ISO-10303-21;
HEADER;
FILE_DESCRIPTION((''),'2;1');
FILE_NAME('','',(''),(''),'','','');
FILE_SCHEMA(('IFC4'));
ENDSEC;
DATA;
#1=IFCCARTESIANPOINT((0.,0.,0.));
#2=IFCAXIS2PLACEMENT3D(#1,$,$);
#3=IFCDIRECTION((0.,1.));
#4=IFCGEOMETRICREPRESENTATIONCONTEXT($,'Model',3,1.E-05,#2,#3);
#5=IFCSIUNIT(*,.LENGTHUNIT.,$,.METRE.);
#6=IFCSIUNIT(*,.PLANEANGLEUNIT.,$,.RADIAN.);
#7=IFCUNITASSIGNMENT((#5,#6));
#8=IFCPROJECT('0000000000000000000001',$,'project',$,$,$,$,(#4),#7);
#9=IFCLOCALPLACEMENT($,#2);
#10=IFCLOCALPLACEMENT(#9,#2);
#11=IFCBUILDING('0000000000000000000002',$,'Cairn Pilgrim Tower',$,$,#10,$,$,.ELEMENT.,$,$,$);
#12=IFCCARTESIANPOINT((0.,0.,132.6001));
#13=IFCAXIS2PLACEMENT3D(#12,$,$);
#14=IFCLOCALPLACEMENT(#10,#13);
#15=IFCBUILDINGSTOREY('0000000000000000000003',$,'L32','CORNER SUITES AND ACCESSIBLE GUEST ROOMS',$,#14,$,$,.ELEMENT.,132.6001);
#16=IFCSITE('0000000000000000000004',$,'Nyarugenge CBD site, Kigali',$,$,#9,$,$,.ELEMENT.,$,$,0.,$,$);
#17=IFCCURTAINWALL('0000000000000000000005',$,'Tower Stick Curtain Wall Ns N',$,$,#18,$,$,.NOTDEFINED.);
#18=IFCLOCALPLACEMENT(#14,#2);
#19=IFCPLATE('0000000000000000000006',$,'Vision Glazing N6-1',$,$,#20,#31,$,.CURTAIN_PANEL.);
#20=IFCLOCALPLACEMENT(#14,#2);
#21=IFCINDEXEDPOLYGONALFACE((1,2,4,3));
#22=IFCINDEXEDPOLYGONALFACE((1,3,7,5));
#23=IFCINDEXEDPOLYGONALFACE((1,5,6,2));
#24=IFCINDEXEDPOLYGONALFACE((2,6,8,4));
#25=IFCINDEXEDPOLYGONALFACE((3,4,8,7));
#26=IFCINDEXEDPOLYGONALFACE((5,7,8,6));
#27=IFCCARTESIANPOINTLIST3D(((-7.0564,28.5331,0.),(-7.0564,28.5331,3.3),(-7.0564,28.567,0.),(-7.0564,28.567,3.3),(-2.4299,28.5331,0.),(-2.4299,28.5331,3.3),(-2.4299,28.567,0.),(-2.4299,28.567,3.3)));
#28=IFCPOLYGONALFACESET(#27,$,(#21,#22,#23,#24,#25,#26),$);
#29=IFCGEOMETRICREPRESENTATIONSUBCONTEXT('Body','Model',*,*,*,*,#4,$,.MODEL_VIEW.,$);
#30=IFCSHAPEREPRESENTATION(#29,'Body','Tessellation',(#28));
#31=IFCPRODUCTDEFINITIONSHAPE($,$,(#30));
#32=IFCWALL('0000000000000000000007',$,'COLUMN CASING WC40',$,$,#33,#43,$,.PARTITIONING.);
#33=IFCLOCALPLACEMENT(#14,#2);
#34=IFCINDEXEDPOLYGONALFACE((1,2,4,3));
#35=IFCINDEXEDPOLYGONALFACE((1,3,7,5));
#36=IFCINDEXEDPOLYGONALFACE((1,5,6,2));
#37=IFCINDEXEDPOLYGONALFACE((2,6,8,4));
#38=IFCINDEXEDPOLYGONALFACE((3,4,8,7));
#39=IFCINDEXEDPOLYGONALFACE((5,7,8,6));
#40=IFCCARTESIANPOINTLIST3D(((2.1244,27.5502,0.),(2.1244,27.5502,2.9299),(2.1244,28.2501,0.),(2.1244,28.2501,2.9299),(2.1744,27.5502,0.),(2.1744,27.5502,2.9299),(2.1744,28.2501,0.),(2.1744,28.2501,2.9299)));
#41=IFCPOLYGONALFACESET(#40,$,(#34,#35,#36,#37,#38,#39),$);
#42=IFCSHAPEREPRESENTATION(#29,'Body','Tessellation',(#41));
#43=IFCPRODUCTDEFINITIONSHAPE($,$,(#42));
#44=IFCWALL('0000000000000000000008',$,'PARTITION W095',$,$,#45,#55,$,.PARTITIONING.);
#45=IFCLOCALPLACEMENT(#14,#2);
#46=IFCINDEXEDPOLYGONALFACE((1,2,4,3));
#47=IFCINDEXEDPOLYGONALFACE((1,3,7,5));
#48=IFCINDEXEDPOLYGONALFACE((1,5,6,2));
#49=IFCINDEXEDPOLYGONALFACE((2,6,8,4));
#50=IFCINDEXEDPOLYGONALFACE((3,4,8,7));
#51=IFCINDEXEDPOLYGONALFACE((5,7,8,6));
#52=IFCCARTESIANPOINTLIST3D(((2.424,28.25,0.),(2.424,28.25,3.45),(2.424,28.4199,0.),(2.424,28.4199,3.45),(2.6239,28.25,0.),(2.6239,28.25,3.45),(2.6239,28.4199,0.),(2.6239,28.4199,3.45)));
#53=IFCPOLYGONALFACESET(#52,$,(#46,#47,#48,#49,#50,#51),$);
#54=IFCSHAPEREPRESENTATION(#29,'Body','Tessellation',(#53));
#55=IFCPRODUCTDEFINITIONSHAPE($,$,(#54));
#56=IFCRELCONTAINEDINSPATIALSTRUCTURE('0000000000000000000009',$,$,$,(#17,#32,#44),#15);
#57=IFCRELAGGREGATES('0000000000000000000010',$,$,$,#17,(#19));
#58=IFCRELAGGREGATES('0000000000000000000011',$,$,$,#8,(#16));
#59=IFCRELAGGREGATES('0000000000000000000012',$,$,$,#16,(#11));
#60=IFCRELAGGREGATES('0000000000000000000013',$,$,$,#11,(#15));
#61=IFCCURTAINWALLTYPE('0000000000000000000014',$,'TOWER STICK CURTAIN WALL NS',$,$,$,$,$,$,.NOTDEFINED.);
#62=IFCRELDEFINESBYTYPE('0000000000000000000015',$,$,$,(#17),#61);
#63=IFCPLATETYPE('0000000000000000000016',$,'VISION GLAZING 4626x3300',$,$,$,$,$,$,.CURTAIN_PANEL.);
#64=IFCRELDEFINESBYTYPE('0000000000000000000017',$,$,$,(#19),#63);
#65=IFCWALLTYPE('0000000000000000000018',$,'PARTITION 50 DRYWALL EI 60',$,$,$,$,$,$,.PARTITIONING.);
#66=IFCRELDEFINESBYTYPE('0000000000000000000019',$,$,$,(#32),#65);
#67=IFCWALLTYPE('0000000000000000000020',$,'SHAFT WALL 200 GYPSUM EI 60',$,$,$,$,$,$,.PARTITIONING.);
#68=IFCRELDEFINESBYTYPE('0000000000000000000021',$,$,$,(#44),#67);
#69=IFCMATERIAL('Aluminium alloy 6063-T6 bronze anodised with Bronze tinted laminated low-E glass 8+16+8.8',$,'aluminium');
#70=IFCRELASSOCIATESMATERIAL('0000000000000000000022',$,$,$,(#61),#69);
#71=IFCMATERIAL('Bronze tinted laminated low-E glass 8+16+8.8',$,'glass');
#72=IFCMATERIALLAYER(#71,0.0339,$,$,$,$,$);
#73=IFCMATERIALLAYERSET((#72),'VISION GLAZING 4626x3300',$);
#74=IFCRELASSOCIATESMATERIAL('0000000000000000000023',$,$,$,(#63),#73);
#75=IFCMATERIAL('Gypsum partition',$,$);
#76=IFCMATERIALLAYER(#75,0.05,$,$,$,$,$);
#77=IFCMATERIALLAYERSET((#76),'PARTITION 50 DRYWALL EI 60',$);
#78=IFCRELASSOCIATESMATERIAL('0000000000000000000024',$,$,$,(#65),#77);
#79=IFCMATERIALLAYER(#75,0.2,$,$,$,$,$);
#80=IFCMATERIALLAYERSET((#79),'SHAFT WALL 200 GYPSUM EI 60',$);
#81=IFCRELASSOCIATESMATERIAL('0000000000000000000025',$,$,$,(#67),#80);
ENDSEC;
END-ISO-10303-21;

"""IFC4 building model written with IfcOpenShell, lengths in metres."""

from ifc_helpers import new_model, si_unit, direction, frame, frame_2d, origin, origin_2d, place, context, subcontext, project, spatial, rectangle, extrude, material, layer, layer_set, type_object, element, aggregate, save


model = new_model("IFC4")

# Units and contexts
model_context = context("Model", 3, precision=1e-05, world=origin(), true_north=direction((0.0, 1.0)))
body_context = subcontext(model_context, "Body", "Model", "MODEL_VIEW")
ifc_project = project(units=[si_unit("LENGTHUNIT", "METRE"), si_unit("PLANEANGLEUNIT", "RADIAN")], contexts=[model_context])

# Site, building, storey
site_placement = place(None, origin())
site = spatial("IfcSite", under=ifc_project, at=site_placement, Name="Nyarugenge CBD site, Kigali", CompositionType="ELEMENT", RefElevation=0.0)
building_placement = place(site_placement, origin())
building = spatial("IfcBuilding", under=site, at=building_placement, Name="Cairn Pilgrim Tower", CompositionType="ELEMENT")
storey_placement = place(building_placement, frame((0.0, 0.0, 132.6001)))
storey = spatial("IfcBuildingStorey", under=building, at=storey_placement, Name="L32", Description="CORNER SUITES AND ACCESSIBLE GUEST ROOMS", CompositionType="ELEMENT", Elevation=132.6001)

# Curtain wall
ifc_material_1 = material(Name="Aluminium alloy 6063-T6 bronze anodised with Bronze tinted laminated low-E glass 8+16+8.8", Category="aluminium")
curtain_wall_type_1 = type_object("IfcCurtainWallType", Name="TOWER STICK CURTAIN WALL NS", PredefinedType="NOTDEFINED", material=ifc_material_1)
curtain_wall_1_placement = place(storey_placement, origin())
curtain_wall_1 = element("IfcCurtainWall", 1, at=curtain_wall_1_placement, inside=storey, type_object=curtain_wall_type_1, Name="Tower Stick Curtain Wall Ns N", PredefinedType="NOTDEFINED")

# Plate
ifc_material_2 = material(Name="Bronze tinted laminated low-E glass 8+16+8.8", Category="glass")
ifc_layer_1 = layer(ifc_material_2, 0.0339)
ifc_layer_set_1 = layer_set([ifc_layer_1], Name="VISION GLAZING 4626x3300")
plate_type = type_object("IfcPlateType", Name="VISION GLAZING 4626x3300", PredefinedType="CURTAIN_PANEL", material=ifc_layer_set_1)
plate_placement = place(storey_placement, frame((-4.7432, 28.55, 0.0), z_axis=(0.0, 0.0, 1.0), x_axis=(-1.0, 0.0, 0.0)))
plate = element("IfcPlate", 2, at=plate_placement, type_object=plate_type, Name="Vision Glazing N6-1", PredefinedType="CURTAIN_PANEL", context=body_context, shape_type="SweptSolid", body=[
    extrude(rectangle(XDim=4.6265, YDim=0.0339, at=origin_2d()), origin(), (0.0, 0.0, 1.0), 3.3),
])
aggregate(curtain_wall_1, [plate])

# Walls
ifc_material_3 = material(Name="Gypsum partition")
ifc_layer_2 = layer(ifc_material_3, 0.05)
ifc_layer_set_2 = layer_set([ifc_layer_2], Name="PARTITION 50 DRYWALL EI 60")
wall_type_1 = type_object("IfcWallType", Name="PARTITION 50 DRYWALL EI 60", PredefinedType="PARTITIONING", material=ifc_layer_set_2)
wall_1_placement = place(storey_placement, frame((2.1494, 27.55, 0.0), z_axis=(0.0, 0.0, 1.0), x_axis=(0.0, 1.0, 0.0)))
element("IfcWall", 3, at=wall_1_placement, inside=storey, type_object=wall_type_1, Name="COLUMN CASING WC40", PredefinedType="PARTITIONING", context=body_context, shape_type="SweptSolid", body=[
    extrude(rectangle(XDim=0.7, YDim=0.05, at=frame_2d((0.3501, 0.0))), origin(), (0.0, 0.0, 1.0), 2.9299),
])
ifc_layer_3 = layer(ifc_material_3, 0.2)
ifc_layer_set_3 = layer_set([ifc_layer_3], Name="SHAFT WALL 200 GYPSUM EI 60")
wall_type_2 = type_object("IfcWallType", Name="SHAFT WALL 200 GYPSUM EI 60", PredefinedType="PARTITIONING", material=ifc_layer_set_3)
wall_2_placement = place(storey_placement, frame((2.5239, 28.25, 0.0), z_axis=(0.0, 0.0, 1.0), x_axis=(0.0, 1.0, 0.0)))
element("IfcWall", 4, at=wall_2_placement, inside=storey, type_object=wall_type_2, Name="PARTITION W095", PredefinedType="PARTITIONING", context=body_context, shape_type="SweptSolid", body=[
    extrude(rectangle(XDim=0.1699, YDim=0.2, at=frame_2d((0.085, 0.0))), origin(), (0.0, 0.0, 1.0), 3.45),
])

save(model, "model.ifc")
